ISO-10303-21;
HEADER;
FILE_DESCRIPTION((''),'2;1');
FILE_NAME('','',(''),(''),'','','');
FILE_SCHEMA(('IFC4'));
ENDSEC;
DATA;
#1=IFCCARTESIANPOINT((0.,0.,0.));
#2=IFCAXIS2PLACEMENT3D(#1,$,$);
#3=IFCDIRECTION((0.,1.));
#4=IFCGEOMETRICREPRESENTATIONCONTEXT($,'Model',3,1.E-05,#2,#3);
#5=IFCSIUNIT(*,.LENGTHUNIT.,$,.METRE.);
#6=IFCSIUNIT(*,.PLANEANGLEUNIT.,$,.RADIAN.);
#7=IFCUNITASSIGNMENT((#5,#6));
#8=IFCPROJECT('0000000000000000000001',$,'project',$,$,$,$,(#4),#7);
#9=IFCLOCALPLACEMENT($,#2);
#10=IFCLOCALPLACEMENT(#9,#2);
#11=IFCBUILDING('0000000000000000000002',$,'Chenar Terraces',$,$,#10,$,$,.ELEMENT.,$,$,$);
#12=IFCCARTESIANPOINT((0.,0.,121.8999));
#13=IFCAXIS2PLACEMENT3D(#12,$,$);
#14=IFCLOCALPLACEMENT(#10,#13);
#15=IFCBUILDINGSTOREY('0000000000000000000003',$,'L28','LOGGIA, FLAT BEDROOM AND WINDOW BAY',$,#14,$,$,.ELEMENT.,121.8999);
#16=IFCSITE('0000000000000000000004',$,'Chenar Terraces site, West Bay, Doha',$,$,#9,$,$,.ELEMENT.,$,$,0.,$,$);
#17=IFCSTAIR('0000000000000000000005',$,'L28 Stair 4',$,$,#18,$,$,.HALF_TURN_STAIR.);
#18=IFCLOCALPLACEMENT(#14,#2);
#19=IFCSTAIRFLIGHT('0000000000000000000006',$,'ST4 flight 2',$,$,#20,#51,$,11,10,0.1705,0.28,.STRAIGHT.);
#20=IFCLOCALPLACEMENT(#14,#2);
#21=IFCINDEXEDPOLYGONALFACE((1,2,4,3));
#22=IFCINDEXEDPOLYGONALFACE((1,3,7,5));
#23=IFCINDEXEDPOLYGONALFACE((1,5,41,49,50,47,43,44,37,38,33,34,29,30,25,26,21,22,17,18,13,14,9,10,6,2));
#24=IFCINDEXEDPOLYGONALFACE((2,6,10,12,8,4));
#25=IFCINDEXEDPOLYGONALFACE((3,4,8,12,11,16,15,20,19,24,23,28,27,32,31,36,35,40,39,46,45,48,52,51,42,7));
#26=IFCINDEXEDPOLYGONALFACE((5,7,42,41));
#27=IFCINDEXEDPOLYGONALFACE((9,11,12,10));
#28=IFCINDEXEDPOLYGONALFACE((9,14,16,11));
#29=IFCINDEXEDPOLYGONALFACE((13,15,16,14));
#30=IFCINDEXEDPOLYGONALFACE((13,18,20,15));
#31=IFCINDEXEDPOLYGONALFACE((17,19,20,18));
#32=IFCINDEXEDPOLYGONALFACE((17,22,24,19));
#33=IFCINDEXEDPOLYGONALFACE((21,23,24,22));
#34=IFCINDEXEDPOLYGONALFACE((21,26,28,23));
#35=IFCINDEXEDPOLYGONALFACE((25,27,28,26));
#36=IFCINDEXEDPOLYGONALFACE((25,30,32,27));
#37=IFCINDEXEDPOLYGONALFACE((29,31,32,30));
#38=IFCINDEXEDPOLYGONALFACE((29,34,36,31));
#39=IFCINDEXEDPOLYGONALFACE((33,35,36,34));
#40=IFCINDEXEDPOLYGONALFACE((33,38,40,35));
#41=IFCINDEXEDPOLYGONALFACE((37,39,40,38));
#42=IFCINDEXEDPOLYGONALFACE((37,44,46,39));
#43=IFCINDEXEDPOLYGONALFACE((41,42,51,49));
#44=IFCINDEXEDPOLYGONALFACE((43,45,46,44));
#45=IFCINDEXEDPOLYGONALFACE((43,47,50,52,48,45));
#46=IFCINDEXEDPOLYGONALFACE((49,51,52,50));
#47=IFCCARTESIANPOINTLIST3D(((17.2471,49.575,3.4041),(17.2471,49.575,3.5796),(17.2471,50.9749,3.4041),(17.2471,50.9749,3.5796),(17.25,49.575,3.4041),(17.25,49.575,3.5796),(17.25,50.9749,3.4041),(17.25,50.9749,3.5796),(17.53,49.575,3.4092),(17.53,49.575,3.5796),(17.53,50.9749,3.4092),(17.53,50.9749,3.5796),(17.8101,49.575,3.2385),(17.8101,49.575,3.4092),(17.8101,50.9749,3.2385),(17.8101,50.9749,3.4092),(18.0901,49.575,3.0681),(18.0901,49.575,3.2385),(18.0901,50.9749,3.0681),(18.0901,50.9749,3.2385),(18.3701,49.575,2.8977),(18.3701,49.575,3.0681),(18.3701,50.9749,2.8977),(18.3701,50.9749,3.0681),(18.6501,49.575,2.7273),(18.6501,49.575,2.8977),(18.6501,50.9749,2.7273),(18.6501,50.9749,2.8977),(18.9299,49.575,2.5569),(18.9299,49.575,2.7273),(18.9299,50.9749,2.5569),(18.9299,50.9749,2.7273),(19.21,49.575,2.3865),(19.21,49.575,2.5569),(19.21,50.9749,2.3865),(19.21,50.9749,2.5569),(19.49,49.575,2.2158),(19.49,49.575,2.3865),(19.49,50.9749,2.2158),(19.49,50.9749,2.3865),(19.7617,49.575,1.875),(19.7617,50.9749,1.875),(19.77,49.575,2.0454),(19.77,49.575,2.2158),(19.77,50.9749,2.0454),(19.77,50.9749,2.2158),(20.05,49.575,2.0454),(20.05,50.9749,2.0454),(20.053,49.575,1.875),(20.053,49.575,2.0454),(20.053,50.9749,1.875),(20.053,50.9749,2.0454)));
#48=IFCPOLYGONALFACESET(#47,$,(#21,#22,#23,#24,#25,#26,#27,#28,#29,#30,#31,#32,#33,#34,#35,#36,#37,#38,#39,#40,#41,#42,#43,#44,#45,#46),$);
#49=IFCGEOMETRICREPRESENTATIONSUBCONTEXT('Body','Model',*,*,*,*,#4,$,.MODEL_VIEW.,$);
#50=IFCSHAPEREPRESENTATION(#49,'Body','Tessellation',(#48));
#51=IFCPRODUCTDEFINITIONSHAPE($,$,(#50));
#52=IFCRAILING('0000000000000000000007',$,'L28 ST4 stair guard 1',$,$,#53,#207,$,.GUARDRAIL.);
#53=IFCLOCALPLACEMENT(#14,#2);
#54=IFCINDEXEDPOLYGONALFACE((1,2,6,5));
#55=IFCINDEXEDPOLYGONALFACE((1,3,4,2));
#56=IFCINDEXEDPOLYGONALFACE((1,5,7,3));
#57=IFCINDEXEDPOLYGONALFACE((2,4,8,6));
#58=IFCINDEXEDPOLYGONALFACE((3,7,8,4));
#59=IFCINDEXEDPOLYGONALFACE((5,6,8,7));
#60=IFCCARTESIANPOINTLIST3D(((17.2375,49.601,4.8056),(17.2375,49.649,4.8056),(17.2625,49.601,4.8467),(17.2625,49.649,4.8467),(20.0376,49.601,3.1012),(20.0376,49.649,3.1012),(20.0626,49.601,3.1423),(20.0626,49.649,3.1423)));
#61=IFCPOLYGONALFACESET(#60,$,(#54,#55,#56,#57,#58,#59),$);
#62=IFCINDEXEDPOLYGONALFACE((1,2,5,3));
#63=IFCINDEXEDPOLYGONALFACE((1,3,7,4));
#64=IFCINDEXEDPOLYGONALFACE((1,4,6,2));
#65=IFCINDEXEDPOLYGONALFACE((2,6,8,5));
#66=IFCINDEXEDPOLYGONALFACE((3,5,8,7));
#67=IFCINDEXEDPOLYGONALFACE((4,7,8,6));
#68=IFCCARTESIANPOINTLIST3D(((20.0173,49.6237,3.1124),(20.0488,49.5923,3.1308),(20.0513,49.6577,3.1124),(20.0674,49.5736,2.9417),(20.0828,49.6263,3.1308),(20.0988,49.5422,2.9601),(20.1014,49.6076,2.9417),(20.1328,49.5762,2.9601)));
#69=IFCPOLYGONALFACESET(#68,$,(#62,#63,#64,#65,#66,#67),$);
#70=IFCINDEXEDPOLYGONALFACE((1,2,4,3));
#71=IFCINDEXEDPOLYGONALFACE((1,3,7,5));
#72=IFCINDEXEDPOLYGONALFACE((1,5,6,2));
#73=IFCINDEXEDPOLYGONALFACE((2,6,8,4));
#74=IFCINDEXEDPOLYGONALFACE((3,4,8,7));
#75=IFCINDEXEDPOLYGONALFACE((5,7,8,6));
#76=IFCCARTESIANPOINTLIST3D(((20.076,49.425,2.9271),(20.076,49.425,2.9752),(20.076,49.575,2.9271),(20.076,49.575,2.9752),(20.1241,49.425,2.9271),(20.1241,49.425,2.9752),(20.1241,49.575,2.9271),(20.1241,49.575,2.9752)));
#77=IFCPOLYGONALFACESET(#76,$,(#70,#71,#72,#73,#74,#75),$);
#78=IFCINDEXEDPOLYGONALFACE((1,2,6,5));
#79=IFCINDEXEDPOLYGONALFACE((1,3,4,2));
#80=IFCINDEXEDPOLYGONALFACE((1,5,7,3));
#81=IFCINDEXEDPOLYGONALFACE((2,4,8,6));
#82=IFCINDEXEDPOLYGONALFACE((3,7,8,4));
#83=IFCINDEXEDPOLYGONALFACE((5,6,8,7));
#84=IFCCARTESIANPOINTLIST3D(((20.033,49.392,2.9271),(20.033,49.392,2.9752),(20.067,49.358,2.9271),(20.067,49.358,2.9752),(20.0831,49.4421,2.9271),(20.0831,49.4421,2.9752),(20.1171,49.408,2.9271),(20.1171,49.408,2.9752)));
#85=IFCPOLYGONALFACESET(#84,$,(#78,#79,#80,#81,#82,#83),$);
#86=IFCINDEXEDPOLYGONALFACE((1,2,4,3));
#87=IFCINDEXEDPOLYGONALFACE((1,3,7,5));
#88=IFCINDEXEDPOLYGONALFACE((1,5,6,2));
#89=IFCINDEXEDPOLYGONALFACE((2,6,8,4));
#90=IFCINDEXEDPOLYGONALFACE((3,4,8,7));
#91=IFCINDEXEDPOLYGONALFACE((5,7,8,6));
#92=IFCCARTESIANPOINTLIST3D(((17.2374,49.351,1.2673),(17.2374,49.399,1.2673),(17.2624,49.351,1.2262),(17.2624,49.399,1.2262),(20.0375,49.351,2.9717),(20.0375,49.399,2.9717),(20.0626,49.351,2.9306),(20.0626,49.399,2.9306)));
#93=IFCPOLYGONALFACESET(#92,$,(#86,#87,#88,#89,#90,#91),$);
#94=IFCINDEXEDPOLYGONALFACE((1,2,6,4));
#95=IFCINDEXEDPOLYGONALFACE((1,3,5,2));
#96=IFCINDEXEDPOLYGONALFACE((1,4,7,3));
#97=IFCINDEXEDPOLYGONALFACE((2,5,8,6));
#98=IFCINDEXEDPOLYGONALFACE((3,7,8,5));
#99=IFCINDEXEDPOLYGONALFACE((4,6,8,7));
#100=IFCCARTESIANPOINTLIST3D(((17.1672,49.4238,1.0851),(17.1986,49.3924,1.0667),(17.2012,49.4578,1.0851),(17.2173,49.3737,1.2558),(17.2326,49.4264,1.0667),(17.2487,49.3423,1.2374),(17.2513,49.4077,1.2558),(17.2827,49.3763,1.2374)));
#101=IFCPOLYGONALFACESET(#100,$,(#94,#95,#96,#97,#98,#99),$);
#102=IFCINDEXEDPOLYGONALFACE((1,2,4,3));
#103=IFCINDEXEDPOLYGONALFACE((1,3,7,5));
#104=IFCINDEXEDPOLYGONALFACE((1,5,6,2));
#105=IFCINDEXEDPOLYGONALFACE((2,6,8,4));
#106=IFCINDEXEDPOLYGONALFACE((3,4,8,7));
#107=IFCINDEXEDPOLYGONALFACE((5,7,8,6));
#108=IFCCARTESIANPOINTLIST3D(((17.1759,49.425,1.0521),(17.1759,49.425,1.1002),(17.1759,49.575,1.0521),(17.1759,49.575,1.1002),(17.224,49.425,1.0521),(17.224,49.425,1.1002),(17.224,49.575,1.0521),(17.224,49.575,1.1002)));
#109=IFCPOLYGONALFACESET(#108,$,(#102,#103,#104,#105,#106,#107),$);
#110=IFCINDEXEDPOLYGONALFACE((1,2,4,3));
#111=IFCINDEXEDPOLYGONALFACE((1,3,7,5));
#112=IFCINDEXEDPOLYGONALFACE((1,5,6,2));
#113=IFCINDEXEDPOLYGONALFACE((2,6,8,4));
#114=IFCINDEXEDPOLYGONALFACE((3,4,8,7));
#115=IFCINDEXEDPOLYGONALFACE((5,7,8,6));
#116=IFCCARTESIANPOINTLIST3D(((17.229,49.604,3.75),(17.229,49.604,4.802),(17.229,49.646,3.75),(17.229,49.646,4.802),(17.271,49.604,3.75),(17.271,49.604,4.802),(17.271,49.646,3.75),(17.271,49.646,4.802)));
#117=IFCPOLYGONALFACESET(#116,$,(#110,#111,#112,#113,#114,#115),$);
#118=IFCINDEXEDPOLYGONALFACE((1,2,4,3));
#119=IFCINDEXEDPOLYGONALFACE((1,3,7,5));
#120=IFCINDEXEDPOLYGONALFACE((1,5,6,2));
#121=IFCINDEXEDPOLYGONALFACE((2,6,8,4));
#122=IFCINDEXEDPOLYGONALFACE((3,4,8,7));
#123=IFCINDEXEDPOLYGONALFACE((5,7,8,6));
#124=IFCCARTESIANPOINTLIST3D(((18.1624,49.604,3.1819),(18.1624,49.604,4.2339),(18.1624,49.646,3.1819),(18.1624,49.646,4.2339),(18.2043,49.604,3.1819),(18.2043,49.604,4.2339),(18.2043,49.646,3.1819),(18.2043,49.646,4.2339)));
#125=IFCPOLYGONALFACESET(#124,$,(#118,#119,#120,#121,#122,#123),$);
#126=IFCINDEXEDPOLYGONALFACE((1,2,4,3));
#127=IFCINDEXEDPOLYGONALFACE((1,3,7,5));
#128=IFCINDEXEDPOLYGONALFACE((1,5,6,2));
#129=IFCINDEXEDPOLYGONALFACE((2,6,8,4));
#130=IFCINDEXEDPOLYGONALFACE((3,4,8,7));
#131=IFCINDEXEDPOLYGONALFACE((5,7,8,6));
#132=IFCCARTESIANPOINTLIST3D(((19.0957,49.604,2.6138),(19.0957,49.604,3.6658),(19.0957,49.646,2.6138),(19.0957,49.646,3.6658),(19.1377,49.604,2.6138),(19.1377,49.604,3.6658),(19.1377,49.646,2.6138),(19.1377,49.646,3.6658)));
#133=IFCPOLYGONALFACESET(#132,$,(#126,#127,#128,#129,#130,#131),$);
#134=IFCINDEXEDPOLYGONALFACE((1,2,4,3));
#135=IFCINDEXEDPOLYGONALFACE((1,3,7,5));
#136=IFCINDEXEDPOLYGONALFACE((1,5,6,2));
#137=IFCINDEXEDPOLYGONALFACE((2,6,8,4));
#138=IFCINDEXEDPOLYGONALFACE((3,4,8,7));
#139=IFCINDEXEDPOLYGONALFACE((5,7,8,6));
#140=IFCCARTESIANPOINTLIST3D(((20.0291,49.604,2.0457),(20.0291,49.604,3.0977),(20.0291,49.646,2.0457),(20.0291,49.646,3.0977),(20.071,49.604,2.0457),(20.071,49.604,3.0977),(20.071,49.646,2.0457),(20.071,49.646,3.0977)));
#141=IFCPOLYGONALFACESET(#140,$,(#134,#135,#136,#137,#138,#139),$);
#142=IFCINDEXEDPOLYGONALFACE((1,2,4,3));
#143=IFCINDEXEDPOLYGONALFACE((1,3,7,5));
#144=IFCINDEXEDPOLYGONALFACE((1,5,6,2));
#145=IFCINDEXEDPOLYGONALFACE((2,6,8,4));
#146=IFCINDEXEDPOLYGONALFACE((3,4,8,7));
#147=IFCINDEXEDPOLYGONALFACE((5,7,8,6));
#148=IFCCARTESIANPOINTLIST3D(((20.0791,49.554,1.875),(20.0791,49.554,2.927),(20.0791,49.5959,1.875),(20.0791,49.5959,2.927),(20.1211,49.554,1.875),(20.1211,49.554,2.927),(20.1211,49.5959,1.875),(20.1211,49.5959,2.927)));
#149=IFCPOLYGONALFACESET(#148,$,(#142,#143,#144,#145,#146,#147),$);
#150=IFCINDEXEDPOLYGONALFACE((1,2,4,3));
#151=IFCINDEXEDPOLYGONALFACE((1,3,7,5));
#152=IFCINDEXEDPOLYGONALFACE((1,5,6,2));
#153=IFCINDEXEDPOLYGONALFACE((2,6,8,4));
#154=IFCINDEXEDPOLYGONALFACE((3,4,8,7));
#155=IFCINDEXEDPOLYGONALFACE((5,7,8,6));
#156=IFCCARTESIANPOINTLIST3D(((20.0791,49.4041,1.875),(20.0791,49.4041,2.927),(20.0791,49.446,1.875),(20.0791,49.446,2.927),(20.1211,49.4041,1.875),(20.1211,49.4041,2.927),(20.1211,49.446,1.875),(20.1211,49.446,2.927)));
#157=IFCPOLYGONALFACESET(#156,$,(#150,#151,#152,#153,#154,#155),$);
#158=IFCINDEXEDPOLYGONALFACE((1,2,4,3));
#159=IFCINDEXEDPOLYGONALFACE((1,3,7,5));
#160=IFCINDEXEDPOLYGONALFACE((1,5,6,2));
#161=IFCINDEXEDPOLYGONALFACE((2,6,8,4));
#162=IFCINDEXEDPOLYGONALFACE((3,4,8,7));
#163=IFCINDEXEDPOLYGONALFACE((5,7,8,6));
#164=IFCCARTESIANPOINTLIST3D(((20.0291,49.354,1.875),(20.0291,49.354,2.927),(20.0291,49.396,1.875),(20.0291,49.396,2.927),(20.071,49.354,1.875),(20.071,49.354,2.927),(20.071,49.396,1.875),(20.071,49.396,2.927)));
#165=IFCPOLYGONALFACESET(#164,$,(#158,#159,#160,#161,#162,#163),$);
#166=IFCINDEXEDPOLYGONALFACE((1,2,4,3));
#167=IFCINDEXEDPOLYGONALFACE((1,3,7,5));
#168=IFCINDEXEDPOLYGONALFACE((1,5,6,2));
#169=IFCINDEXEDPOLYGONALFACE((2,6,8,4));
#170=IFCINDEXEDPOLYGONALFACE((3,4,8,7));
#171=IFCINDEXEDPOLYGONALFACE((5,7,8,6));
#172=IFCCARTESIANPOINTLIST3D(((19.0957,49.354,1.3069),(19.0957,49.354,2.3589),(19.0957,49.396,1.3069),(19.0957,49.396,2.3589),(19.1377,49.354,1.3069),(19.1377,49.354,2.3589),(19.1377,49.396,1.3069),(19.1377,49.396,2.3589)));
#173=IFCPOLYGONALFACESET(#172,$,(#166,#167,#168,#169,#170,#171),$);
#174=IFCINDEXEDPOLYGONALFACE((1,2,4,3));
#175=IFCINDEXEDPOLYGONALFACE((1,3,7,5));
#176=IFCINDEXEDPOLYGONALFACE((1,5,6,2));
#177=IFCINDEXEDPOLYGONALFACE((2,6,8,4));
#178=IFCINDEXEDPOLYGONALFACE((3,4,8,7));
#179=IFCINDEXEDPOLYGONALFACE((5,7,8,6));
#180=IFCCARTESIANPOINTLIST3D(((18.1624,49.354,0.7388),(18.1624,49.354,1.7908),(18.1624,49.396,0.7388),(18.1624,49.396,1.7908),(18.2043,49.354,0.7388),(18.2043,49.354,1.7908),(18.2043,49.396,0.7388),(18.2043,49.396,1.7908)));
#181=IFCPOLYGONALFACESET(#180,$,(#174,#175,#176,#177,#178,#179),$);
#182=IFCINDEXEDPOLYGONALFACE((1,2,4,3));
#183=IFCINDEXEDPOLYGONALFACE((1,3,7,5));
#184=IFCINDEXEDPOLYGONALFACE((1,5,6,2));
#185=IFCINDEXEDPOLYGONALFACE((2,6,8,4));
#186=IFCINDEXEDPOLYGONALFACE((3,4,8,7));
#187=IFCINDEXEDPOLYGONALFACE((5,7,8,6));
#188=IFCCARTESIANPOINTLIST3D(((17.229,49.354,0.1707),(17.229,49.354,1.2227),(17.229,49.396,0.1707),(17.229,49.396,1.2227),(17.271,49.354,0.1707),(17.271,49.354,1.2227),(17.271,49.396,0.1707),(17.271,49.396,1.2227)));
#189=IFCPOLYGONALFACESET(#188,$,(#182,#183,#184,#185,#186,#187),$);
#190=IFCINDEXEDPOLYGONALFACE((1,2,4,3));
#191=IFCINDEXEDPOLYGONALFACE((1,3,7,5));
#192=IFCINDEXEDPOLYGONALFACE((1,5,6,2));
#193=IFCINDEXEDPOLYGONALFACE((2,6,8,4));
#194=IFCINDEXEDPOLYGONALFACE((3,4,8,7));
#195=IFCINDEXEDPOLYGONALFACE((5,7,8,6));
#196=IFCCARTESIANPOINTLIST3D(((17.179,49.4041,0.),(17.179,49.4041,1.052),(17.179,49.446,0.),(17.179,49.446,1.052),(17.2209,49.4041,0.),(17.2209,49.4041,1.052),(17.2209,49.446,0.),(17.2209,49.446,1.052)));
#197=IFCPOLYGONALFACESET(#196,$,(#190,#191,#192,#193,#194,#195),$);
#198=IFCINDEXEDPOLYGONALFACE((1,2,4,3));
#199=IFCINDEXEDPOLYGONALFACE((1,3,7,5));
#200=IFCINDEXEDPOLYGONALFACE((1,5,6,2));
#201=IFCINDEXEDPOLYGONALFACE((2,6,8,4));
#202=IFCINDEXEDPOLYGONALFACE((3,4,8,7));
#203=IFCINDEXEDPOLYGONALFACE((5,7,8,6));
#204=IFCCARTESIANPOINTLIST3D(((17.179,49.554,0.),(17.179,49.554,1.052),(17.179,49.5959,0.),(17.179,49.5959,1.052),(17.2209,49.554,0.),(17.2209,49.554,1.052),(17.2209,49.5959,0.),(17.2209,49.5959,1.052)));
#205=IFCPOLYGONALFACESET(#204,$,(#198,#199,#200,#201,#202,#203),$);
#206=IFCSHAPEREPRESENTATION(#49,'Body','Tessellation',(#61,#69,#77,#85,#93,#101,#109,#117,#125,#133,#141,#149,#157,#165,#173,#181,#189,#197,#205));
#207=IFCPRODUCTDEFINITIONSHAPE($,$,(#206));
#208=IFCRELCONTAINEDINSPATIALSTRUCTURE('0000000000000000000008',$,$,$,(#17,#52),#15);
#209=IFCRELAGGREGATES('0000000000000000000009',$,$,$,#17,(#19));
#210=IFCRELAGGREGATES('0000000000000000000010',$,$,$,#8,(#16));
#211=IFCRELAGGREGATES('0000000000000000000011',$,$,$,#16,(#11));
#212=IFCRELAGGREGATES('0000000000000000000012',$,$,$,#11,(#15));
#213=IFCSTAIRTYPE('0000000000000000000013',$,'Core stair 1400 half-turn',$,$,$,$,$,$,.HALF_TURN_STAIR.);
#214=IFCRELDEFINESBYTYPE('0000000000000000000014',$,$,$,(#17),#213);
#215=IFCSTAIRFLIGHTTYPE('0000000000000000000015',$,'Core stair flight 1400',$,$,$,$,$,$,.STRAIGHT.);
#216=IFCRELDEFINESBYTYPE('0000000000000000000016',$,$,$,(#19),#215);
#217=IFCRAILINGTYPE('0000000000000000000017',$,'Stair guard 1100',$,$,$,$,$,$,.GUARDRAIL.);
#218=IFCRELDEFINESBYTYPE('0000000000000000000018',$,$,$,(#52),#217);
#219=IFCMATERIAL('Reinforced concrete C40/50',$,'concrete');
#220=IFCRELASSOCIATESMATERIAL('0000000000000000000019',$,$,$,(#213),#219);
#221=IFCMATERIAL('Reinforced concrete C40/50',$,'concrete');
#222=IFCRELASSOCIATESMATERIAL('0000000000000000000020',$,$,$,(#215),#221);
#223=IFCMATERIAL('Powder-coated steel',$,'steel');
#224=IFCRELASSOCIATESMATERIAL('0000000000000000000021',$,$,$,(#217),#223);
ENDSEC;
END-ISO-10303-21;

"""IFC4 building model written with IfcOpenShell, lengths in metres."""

from ifc_helpers import new_model, si_unit, direction, frame, origin, origin_2d, place, context, subcontext, project, spatial, polyline, rectangle, outline, extrude, material, type_object, element, aggregate, save


model = new_model("IFC4")

# Units and contexts
model_context = context("Model", 3, precision=1e-05, world=origin(), true_north=direction((0.0, 1.0)))
body_context = subcontext(model_context, "Body", "Model", "MODEL_VIEW")
ifc_project = project(units=[si_unit("LENGTHUNIT", "METRE"), si_unit("PLANEANGLEUNIT", "RADIAN")], contexts=[model_context])

# Site, building, storey
site_placement = place(None, origin())
site = spatial("IfcSite", under=ifc_project, at=site_placement, Name="Chenar Terraces site, West Bay, Doha", CompositionType="ELEMENT", RefElevation=0.0)
building_placement = place(site_placement, origin())
building = spatial("IfcBuilding", under=site, at=building_placement, Name="Chenar Terraces", CompositionType="ELEMENT")
storey_placement = place(building_placement, frame((0.0, 0.0, 121.8999)))
storey = spatial("IfcBuildingStorey", under=building, at=storey_placement, Name="L28", Description="LOGGIA, FLAT BEDROOM AND WINDOW BAY", CompositionType="ELEMENT", Elevation=121.8999)

# Stair, stair flight
ifc_material_1 = material(Name="Reinforced concrete C40/50", Category="concrete")
stair_type = type_object("IfcStairType", Name="Core stair 1400 half-turn", PredefinedType="HALF_TURN_STAIR", material=ifc_material_1)
stair_placement = place(storey_placement, origin())
stair = element("IfcStair", 1, at=stair_placement, inside=storey, type_object=stair_type, Name="L28 Stair 4", PredefinedType="HALF_TURN_STAIR")
ifc_material_2 = material(Name="Reinforced concrete C40/50", Category="concrete")
stair_flight_type = type_object("IfcStairFlightType", Name="Core stair flight 1400", PredefinedType="STRAIGHT", material=ifc_material_2)
stair_flight_1_placement = place(storey_placement, frame((20.05, 50.2749, 1.875), z_axis=(0.0, 0.0, 1.0), x_axis=(-1.0, 0.0, 0.0)))
stair_flight_1 = element("IfcStairFlight", 2, at=stair_flight_1_placement, type_object=stair_flight_type, Name="ST4 flight 2", NumberOfRisers=11, NumberOfTreads=10, PredefinedType="STRAIGHT", RiserHeight=0.1705, TreadLength=0.28, context=body_context, shape_type="SweptSolid", body=[
    extrude(outline(polyline([(-0.0029, 0.0), (-0.0029, 0.1704), (0.0, 0.1704), (0.28, 0.1704), (0.28, 0.3408), (0.5601, 0.3408), (0.5601, 0.5115), (0.8401, 0.5115), (0.8401, 0.6819), (1.1201, 0.6819), (1.1201, 0.8523), (1.3999, 0.8523), (1.3999, 1.0227), (1.6799, 1.0227), (1.6799, 1.1931), (1.96, 1.1931), (1.96, 1.3635), (2.24, 1.3635), (2.24, 1.5342), (2.52, 1.5342), (2.52, 1.7046), (2.8, 1.7046), (2.803, 1.7046), (2.803, 1.5291), (2.8, 1.5291), (0.2883, 0.0), (-0.0029, 0.0)])), frame((0.0, 0.7, 0.0), z_axis=(0.0, -1.0, 0.0), x_axis=(1.0, 0.0, 0.0)), (0.0, 0.0, 1.0), 1.3999),
])
aggregate(stair, [stair_flight_1])

# Railing
ifc_material_3 = material(Name="Powder-coated steel", Category="steel")
railing_type_1 = type_object("IfcRailingType", Name="Stair guard 1100", PredefinedType="GUARDRAIL", material=ifc_material_3)
railing_1_placement = place(storey_placement, frame((17.25, 49.625, 3.75)))
element("IfcRailing", 3, at=railing_1_placement, inside=storey, type_object=railing_type_1, Name="L28 ST4 stair guard 1", PredefinedType="GUARDRAIL", context=body_context, shape_type="SweptSolid", body=[
    extrude(rectangle(XDim=0.0481, YDim=0.0481, at=origin_2d()), frame((0.0, 0.0, 1.0762), z_axis=(0.854203, 0.0, -0.51994), x_axis=(0.0, 1.0, 0.0)), (0.0, 0.0, 1.0), 3.2781),
    extrude(rectangle(XDim=0.0481, YDim=0.0481, at=origin_2d()), frame((2.8, 0.0, -0.6284), z_axis=(0.2709, -0.2709, -0.923703), x_axis=(0.707107, 0.707107, 0.0)), (0.0, 0.0, 1.0), 0.1848),
    extrude(rectangle(XDim=0.0481, YDim=0.0481, at=origin_2d()), frame((2.8501, -0.05, -0.7988), z_axis=(0.0, -1.0, 0.0), x_axis=(1.0, 0.0, 0.0)), (0.0, 0.0, 1.0), 0.1499),
    extrude(rectangle(XDim=0.0481, YDim=0.0481, at=origin_2d()), frame((2.8501, -0.2, -0.7988), z_axis=(-0.707107, -0.707107, 0.0), x_axis=(0.707107, -0.707107, 0.0)), (0.0, 0.0, 1.0), 0.0708),
    extrude(rectangle(XDim=0.0481, YDim=0.0481, at=origin_2d()), frame((2.8, -0.25, -0.7988), z_axis=(-0.854203, 0.0, -0.51994), x_axis=(0.0, -1.0, 0.0)), (0.0, 0.0, 1.0), 3.2781),
    extrude(rectangle(XDim=0.0481, YDim=0.0481, at=origin_2d()), frame((0.0, -0.25, -2.5034), z_axis=(-0.2709, 0.2709, -0.923703), x_axis=(-0.707107, -0.707107, 0.0)), (0.0, 0.0, 1.0), 0.1848),
    extrude(rectangle(XDim=0.0481, YDim=0.0481, at=origin_2d()), frame((-0.05, -0.2, -2.6738), z_axis=(0.0, 1.0, 0.0), x_axis=(-1.0, 0.0, 0.0)), (0.0, 0.0, 1.0), 0.1499),
    extrude(rectangle(XDim=0.042, YDim=0.042, at=origin_2d()), origin(), (0.0, 0.0, 1.0), 1.052),
    extrude(rectangle(XDim=0.042, YDim=0.042, at=origin_2d()), frame((0.9333, 0.0, -0.5681)), (0.0, 0.0, 1.0), 1.052),
    extrude(rectangle(XDim=0.042, YDim=0.042, at=origin_2d()), frame((1.8667, 0.0, -1.1362)), (0.0, 0.0, 1.0), 1.052),
    extrude(rectangle(XDim=0.042, YDim=0.042, at=origin_2d()), frame((2.8, 0.0, -1.7043)), (0.0, 0.0, 1.0), 1.052),
    extrude(rectangle(XDim=0.042, YDim=0.042, at=origin_2d()), frame((2.8501, -0.05, -1.875)), (0.0, 0.0, 1.0), 1.052),
    extrude(rectangle(XDim=0.042, YDim=0.042, at=origin_2d()), frame((2.8501, -0.2, -1.875)), (0.0, 0.0, 1.0), 1.052),
    extrude(rectangle(XDim=0.042, YDim=0.042, at=origin_2d()), frame((2.8, -0.25, -1.875)), (0.0, 0.0, 1.0), 1.052),
    extrude(rectangle(XDim=0.042, YDim=0.042, at=origin_2d()), frame((1.8667, -0.25, -2.4431)), (0.0, 0.0, 1.0), 1.052),
    extrude(rectangle(XDim=0.042, YDim=0.042, at=origin_2d()), frame((0.9333, -0.25, -3.0112)), (0.0, 0.0, 1.0), 1.052),
    extrude(rectangle(XDim=0.042, YDim=0.042, at=origin_2d()), frame((0.0, -0.25, -3.5793)), (0.0, 0.0, 1.0), 1.052),
    extrude(rectangle(XDim=0.042, YDim=0.042, at=origin_2d()), frame((-0.05, -0.2, -3.75)), (0.0, 0.0, 1.0), 1.052),
    extrude(rectangle(XDim=0.042, YDim=0.042, at=origin_2d()), frame((-0.05, -0.05, -3.75)), (0.0, 0.0, 1.0), 1.052),
])

save(model, "model.ifc")
